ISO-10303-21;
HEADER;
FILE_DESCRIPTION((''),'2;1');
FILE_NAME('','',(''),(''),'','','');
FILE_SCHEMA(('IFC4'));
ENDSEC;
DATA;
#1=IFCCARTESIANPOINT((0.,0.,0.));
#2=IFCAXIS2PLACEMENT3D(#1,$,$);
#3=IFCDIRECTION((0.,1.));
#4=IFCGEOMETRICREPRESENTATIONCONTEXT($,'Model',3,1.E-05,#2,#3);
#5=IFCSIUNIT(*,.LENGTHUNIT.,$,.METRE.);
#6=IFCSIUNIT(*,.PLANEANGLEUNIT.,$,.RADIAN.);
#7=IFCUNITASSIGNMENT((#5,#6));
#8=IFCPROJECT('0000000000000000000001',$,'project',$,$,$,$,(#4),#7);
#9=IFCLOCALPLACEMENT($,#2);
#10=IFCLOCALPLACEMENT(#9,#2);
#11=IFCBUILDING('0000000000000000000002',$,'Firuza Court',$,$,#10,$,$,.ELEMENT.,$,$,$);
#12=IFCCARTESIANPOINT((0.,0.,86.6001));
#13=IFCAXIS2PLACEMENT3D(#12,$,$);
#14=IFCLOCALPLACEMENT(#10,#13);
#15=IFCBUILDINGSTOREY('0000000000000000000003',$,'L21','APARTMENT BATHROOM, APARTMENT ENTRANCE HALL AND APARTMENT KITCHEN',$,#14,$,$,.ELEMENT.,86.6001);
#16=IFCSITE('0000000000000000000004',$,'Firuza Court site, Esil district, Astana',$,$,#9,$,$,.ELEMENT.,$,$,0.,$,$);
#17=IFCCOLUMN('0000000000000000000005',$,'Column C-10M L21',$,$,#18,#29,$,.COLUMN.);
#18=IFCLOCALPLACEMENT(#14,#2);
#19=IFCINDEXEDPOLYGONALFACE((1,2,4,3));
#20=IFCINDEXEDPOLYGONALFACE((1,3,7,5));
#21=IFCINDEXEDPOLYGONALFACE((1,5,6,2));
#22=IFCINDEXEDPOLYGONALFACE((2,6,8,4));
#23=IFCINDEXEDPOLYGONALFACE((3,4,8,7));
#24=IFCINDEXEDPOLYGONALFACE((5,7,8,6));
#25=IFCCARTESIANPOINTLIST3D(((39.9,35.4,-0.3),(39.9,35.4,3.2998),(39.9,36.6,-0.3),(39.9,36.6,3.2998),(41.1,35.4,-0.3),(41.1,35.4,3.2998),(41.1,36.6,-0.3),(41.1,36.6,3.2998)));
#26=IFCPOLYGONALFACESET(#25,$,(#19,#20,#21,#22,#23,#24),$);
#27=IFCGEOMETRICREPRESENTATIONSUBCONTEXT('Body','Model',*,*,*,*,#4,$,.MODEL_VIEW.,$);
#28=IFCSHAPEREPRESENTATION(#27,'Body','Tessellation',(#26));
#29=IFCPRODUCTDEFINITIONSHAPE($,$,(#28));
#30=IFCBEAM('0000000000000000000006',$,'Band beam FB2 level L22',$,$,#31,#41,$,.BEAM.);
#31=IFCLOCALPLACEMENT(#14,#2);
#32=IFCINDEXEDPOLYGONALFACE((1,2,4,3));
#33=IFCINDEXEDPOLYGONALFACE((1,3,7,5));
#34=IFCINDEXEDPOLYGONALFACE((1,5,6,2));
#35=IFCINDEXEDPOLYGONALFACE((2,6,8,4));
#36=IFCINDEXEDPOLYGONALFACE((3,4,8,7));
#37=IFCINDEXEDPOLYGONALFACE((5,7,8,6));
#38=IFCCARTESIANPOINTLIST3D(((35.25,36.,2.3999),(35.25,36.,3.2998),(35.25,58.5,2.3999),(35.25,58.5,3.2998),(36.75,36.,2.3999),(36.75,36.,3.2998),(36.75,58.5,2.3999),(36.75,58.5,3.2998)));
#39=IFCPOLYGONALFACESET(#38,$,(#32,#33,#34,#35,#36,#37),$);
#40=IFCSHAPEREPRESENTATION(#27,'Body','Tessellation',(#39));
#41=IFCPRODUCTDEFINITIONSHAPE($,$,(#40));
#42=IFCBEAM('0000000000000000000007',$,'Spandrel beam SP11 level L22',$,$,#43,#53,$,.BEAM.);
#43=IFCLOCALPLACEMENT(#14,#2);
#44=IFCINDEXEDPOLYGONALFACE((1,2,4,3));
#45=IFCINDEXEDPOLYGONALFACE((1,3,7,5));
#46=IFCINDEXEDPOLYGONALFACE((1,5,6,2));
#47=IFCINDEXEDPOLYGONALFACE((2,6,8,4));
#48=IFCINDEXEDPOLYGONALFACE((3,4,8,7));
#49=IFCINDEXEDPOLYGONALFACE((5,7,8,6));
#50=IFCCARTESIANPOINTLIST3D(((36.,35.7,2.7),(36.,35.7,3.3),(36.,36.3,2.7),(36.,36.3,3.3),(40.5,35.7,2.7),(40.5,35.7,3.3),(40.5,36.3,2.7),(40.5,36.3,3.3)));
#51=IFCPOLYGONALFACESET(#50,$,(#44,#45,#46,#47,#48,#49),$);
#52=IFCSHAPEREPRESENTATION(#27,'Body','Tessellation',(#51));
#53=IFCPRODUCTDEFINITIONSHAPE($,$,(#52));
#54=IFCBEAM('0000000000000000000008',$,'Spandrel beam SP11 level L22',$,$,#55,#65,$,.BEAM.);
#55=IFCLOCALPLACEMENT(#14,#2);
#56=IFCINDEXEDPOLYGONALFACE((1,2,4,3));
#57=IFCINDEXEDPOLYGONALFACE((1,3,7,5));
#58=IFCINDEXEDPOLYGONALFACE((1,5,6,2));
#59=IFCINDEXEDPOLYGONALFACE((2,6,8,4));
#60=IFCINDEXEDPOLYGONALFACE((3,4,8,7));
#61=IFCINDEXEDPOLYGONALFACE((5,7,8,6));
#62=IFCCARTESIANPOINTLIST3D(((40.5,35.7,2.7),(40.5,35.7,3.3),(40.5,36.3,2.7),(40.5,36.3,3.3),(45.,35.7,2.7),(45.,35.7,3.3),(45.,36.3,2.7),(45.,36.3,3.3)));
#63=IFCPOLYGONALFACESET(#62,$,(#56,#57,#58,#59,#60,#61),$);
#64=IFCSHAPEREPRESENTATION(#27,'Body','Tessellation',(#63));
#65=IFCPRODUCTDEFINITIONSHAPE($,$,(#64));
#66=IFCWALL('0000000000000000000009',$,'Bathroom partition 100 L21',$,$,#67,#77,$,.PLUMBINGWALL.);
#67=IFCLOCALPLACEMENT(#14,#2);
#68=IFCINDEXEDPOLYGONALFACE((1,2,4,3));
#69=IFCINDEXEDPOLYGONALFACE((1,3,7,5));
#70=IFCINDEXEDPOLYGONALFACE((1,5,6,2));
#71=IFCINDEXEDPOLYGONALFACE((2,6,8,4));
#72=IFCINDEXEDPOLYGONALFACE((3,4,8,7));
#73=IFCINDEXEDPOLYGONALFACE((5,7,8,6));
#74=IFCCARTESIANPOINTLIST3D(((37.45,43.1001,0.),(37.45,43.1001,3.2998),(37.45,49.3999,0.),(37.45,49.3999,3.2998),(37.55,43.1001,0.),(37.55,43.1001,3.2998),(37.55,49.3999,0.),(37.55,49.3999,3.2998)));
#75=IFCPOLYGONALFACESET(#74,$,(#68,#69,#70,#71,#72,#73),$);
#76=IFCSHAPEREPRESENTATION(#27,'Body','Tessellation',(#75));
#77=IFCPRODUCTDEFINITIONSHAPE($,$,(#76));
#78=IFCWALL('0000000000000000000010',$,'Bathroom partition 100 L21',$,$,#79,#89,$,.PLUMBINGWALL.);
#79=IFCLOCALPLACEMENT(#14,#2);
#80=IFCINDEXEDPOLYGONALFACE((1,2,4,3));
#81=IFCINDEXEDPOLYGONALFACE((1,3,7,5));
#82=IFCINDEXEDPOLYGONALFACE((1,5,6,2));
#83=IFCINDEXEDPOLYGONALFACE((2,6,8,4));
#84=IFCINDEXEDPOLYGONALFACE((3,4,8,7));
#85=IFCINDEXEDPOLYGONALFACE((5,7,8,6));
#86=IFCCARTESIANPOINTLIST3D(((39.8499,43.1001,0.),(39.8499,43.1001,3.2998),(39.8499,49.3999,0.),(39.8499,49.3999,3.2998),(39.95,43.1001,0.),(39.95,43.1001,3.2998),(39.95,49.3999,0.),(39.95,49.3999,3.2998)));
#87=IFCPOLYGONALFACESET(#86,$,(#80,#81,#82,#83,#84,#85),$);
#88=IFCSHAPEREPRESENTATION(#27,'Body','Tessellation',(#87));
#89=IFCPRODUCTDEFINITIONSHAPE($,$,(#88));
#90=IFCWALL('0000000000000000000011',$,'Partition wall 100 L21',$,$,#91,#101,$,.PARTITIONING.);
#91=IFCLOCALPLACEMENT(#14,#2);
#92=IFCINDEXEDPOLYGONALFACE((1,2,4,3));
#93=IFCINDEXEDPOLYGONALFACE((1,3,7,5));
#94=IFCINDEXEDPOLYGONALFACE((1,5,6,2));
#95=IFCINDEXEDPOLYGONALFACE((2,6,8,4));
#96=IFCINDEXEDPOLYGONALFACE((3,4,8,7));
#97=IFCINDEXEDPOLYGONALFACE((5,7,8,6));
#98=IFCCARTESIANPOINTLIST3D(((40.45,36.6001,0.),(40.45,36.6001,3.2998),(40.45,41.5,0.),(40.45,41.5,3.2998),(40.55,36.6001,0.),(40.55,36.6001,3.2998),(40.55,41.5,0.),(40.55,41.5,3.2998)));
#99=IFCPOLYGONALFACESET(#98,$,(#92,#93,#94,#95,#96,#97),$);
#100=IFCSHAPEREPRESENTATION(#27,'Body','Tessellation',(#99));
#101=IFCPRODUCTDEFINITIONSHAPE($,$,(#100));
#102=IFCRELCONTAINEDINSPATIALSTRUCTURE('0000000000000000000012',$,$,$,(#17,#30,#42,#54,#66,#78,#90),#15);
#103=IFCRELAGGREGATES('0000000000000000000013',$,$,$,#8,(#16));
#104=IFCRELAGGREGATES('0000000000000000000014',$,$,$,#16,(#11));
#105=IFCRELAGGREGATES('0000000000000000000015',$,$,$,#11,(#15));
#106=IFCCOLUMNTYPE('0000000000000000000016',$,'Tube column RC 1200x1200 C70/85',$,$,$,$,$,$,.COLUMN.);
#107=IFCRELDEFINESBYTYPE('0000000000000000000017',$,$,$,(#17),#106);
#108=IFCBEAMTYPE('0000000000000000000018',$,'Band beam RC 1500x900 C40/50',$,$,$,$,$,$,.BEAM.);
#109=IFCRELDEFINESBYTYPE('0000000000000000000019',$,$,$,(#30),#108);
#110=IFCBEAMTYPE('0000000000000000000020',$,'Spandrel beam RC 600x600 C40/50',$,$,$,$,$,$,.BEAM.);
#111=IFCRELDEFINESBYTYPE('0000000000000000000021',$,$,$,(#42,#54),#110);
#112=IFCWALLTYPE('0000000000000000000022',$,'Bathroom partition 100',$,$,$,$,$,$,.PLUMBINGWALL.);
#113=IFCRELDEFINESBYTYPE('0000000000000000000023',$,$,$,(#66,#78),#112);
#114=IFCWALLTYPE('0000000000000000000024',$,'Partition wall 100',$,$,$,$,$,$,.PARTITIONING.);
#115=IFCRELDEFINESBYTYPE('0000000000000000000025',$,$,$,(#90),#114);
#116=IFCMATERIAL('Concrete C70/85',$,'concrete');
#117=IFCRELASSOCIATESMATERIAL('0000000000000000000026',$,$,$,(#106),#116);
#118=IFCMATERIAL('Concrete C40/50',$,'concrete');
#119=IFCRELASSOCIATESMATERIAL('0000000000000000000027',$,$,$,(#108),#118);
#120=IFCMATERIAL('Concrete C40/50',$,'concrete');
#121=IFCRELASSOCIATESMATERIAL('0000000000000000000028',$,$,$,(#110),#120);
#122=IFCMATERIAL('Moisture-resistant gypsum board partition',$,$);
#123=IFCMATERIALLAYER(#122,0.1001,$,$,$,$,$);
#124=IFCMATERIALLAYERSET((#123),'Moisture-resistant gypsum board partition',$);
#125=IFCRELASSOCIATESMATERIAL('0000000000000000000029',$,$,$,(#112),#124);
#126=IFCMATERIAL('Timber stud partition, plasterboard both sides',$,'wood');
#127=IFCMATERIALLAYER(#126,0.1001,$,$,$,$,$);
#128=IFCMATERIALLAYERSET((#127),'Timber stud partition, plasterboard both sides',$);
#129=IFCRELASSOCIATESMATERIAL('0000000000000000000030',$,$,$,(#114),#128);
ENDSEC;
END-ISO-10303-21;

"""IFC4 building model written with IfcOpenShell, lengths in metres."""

from ifc_helpers import new_model, si_unit, direction, frame, frame_2d, origin, origin_2d, place, context, subcontext, project, spatial, rectangle, extrude, material, layer, layer_set, material_profile, profile_set, type_object, element, save


model = new_model("IFC4")

# Units and contexts
model_context = context("Model", 3, precision=1e-05, world=origin(), true_north=direction((0.0, 1.0)))
body_context = subcontext(model_context, "Body", "Model", "MODEL_VIEW")
ifc_project = project(units=[si_unit("LENGTHUNIT", "METRE"), si_unit("PLANEANGLEUNIT", "RADIAN")], contexts=[model_context])

# Site, building, storey
site_placement = place(None, origin())
site = spatial("IfcSite", under=ifc_project, at=site_placement, Name="Firuza Court site, Esil district, Astana", CompositionType="ELEMENT", RefElevation=0.0)
building_placement = place(site_placement, origin())
building = spatial("IfcBuilding", under=site, at=building_placement, Name="Firuza Court", CompositionType="ELEMENT")
storey_placement = place(building_placement, frame((0.0, 0.0, 86.6001)))
storey = spatial("IfcBuildingStorey", under=building, at=storey_placement, Name="L21", Description="APARTMENT BATHROOM, APARTMENT ENTRANCE HALL AND APARTMENT KITCHEN", CompositionType="ELEMENT", Elevation=86.6001)

# Column
ifc_material_1 = material(Name="Concrete C70/85", Category="concrete")
ifc_material_profile_1 = material_profile(ifc_material_1, rectangle(XDim=1.2, YDim=1.2, at=origin_2d()), Name="RC 1200x1200")
ifc_profile_set_1 = profile_set([ifc_material_profile_1], Name="Concrete C70/85")
column_type = type_object("IfcColumnType", Name="Tube column RC 1200x1200 C70/85", PredefinedType="COLUMN", material=ifc_profile_set_1)
column_placement = place(storey_placement, frame((40.5, 36.0, -0.3), z_axis=(0.0, 0.0, 1.0), x_axis=(1.0, 0.0, 0.0)))
element("IfcColumn", 1, at=column_placement, inside=storey, type_object=column_type, Name="Column C-10M L21", PredefinedType="COLUMN", context=body_context, shape_type="SweptSolid", body=[
    extrude(rectangle(XDim=1.2, YDim=1.2, at=origin_2d()), origin(), (0.0, 0.0, 1.0), 3.5999),
])

# Beams
ifc_material_2 = material(Name="Concrete C40/50", Category="concrete")
ifc_material_profile_2 = material_profile(ifc_material_2, rectangle(XDim=1.5, YDim=0.8999, at=origin_2d()), Name="RC 1500x900")
ifc_profile_set_2 = profile_set([ifc_material_profile_2], Name="Concrete C40/50")
beam_type_1 = type_object("IfcBeamType", Name="Band beam RC 1500x900 C40/50", PredefinedType="BEAM", material=ifc_profile_set_2)
beam_placement = place(storey_placement, frame((36.0, 36.0, 2.8499), z_axis=(0.0, 1.0, 0.0), x_axis=(-1.0, 0.0, 0.0)))
element("IfcBeam", 2, at=beam_placement, inside=storey, type_object=beam_type_1, Name="Band beam FB2 level L22", PredefinedType="BEAM", context=body_context, shape_type="SweptSolid", body=[
    extrude(rectangle(XDim=1.5, YDim=0.8999, at=origin_2d()), origin(), (0.0, 0.0, 1.0), 22.5),
])
ifc_material_3 = material(Name="Concrete C40/50", Category="concrete")
ifc_material_profile_3 = material_profile(ifc_material_3, rectangle(XDim=0.6001, YDim=0.6001, at=origin_2d()), Name="RC 600x600")
ifc_profile_set_3 = profile_set([ifc_material_profile_3], Name="Concrete C40/50")
beam_type_2 = type_object("IfcBeamType", Name="Spandrel beam RC 600x600 C40/50", PredefinedType="BEAM", material=ifc_profile_set_3)
for number, where, z_axis, x_axis, name in (
    (3, (36.0, 36.0, 3.0), (1.0, 0.0, 0.0), (0.0, 1.0, 0.0), "Spandrel beam SP11 level L22"),
    (4, (40.5, 36.0, 3.0), (1.0, 0.0, 0.0), (0.0, 1.0, 0.0), "Spandrel beam SP11 level L22"),
):
    element("IfcBeam", number, at=place(storey_placement, frame(where, z_axis=z_axis, x_axis=x_axis)), inside=storey, type_object=beam_type_2, Name=name, PredefinedType="BEAM", context=body_context, shape_type="SweptSolid", body=[
        extrude(rectangle(XDim=0.6001, YDim=0.6001, at=origin_2d()), origin(), (0.0, 0.0, 1.0), 4.5),
    ])

# Walls
ifc_material_4 = material(Name="Moisture-resistant gypsum board partition")
ifc_layer_1 = layer(ifc_material_4, 0.1001)
ifc_layer_set_1 = layer_set([ifc_layer_1], Name="Moisture-resistant gypsum board partition")
wall_type_1 = type_object("IfcWallType", Name="Bathroom partition 100", PredefinedType="PLUMBINGWALL", material=ifc_layer_set_1)
for number, where, z_axis, x_axis, name in (
    (5, (37.5, 43.1001, 0.0), (0.0, 0.0, 1.0), (0.0, 1.0, 0.0), "Bathroom partition 100 L21"),
    (6, (39.8999, 43.1001, 0.0), (0.0, 0.0, 1.0), (0.0, 1.0, 0.0), "Bathroom partition 100 L21"),
):
    element("IfcWall", number, at=place(storey_placement, frame(where, z_axis=z_axis, x_axis=x_axis)), inside=storey, type_object=wall_type_1, Name=name, PredefinedType="PLUMBINGWALL", context=body_context, shape_type="SweptSolid", body=[
        extrude(rectangle(XDim=6.2998, YDim=0.1001, at=frame_2d((3.1499, 0.0))), origin(), (0.0, 0.0, 1.0), 3.2998),
    ])
ifc_material_5 = material(Name="Timber stud partition, plasterboard both sides", Category="wood")
ifc_layer_2 = layer(ifc_material_5, 0.1001)
ifc_layer_set_2 = layer_set([ifc_layer_2], Name="Timber stud partition, plasterboard both sides")
wall_type_2 = type_object("IfcWallType", Name="Partition wall 100", PredefinedType="PARTITIONING", material=ifc_layer_set_2)
wall_1_placement = place(storey_placement, frame((40.5, 36.6001, 0.0), z_axis=(0.0, 0.0, 1.0), x_axis=(0.0, 1.0, 0.0)))
element("IfcWall", 7, at=wall_1_placement, inside=storey, type_object=wall_type_2, Name="Partition wall 100 L21", PredefinedType="PARTITIONING", context=body_context, shape_type="SweptSolid", body=[
    extrude(rectangle(XDim=4.8999, YDim=0.1001, at=frame_2d((2.45, 0.0))), origin(), (0.0, 0.0, 1.0), 3.2998),
])

save(model, "model.ifc")
